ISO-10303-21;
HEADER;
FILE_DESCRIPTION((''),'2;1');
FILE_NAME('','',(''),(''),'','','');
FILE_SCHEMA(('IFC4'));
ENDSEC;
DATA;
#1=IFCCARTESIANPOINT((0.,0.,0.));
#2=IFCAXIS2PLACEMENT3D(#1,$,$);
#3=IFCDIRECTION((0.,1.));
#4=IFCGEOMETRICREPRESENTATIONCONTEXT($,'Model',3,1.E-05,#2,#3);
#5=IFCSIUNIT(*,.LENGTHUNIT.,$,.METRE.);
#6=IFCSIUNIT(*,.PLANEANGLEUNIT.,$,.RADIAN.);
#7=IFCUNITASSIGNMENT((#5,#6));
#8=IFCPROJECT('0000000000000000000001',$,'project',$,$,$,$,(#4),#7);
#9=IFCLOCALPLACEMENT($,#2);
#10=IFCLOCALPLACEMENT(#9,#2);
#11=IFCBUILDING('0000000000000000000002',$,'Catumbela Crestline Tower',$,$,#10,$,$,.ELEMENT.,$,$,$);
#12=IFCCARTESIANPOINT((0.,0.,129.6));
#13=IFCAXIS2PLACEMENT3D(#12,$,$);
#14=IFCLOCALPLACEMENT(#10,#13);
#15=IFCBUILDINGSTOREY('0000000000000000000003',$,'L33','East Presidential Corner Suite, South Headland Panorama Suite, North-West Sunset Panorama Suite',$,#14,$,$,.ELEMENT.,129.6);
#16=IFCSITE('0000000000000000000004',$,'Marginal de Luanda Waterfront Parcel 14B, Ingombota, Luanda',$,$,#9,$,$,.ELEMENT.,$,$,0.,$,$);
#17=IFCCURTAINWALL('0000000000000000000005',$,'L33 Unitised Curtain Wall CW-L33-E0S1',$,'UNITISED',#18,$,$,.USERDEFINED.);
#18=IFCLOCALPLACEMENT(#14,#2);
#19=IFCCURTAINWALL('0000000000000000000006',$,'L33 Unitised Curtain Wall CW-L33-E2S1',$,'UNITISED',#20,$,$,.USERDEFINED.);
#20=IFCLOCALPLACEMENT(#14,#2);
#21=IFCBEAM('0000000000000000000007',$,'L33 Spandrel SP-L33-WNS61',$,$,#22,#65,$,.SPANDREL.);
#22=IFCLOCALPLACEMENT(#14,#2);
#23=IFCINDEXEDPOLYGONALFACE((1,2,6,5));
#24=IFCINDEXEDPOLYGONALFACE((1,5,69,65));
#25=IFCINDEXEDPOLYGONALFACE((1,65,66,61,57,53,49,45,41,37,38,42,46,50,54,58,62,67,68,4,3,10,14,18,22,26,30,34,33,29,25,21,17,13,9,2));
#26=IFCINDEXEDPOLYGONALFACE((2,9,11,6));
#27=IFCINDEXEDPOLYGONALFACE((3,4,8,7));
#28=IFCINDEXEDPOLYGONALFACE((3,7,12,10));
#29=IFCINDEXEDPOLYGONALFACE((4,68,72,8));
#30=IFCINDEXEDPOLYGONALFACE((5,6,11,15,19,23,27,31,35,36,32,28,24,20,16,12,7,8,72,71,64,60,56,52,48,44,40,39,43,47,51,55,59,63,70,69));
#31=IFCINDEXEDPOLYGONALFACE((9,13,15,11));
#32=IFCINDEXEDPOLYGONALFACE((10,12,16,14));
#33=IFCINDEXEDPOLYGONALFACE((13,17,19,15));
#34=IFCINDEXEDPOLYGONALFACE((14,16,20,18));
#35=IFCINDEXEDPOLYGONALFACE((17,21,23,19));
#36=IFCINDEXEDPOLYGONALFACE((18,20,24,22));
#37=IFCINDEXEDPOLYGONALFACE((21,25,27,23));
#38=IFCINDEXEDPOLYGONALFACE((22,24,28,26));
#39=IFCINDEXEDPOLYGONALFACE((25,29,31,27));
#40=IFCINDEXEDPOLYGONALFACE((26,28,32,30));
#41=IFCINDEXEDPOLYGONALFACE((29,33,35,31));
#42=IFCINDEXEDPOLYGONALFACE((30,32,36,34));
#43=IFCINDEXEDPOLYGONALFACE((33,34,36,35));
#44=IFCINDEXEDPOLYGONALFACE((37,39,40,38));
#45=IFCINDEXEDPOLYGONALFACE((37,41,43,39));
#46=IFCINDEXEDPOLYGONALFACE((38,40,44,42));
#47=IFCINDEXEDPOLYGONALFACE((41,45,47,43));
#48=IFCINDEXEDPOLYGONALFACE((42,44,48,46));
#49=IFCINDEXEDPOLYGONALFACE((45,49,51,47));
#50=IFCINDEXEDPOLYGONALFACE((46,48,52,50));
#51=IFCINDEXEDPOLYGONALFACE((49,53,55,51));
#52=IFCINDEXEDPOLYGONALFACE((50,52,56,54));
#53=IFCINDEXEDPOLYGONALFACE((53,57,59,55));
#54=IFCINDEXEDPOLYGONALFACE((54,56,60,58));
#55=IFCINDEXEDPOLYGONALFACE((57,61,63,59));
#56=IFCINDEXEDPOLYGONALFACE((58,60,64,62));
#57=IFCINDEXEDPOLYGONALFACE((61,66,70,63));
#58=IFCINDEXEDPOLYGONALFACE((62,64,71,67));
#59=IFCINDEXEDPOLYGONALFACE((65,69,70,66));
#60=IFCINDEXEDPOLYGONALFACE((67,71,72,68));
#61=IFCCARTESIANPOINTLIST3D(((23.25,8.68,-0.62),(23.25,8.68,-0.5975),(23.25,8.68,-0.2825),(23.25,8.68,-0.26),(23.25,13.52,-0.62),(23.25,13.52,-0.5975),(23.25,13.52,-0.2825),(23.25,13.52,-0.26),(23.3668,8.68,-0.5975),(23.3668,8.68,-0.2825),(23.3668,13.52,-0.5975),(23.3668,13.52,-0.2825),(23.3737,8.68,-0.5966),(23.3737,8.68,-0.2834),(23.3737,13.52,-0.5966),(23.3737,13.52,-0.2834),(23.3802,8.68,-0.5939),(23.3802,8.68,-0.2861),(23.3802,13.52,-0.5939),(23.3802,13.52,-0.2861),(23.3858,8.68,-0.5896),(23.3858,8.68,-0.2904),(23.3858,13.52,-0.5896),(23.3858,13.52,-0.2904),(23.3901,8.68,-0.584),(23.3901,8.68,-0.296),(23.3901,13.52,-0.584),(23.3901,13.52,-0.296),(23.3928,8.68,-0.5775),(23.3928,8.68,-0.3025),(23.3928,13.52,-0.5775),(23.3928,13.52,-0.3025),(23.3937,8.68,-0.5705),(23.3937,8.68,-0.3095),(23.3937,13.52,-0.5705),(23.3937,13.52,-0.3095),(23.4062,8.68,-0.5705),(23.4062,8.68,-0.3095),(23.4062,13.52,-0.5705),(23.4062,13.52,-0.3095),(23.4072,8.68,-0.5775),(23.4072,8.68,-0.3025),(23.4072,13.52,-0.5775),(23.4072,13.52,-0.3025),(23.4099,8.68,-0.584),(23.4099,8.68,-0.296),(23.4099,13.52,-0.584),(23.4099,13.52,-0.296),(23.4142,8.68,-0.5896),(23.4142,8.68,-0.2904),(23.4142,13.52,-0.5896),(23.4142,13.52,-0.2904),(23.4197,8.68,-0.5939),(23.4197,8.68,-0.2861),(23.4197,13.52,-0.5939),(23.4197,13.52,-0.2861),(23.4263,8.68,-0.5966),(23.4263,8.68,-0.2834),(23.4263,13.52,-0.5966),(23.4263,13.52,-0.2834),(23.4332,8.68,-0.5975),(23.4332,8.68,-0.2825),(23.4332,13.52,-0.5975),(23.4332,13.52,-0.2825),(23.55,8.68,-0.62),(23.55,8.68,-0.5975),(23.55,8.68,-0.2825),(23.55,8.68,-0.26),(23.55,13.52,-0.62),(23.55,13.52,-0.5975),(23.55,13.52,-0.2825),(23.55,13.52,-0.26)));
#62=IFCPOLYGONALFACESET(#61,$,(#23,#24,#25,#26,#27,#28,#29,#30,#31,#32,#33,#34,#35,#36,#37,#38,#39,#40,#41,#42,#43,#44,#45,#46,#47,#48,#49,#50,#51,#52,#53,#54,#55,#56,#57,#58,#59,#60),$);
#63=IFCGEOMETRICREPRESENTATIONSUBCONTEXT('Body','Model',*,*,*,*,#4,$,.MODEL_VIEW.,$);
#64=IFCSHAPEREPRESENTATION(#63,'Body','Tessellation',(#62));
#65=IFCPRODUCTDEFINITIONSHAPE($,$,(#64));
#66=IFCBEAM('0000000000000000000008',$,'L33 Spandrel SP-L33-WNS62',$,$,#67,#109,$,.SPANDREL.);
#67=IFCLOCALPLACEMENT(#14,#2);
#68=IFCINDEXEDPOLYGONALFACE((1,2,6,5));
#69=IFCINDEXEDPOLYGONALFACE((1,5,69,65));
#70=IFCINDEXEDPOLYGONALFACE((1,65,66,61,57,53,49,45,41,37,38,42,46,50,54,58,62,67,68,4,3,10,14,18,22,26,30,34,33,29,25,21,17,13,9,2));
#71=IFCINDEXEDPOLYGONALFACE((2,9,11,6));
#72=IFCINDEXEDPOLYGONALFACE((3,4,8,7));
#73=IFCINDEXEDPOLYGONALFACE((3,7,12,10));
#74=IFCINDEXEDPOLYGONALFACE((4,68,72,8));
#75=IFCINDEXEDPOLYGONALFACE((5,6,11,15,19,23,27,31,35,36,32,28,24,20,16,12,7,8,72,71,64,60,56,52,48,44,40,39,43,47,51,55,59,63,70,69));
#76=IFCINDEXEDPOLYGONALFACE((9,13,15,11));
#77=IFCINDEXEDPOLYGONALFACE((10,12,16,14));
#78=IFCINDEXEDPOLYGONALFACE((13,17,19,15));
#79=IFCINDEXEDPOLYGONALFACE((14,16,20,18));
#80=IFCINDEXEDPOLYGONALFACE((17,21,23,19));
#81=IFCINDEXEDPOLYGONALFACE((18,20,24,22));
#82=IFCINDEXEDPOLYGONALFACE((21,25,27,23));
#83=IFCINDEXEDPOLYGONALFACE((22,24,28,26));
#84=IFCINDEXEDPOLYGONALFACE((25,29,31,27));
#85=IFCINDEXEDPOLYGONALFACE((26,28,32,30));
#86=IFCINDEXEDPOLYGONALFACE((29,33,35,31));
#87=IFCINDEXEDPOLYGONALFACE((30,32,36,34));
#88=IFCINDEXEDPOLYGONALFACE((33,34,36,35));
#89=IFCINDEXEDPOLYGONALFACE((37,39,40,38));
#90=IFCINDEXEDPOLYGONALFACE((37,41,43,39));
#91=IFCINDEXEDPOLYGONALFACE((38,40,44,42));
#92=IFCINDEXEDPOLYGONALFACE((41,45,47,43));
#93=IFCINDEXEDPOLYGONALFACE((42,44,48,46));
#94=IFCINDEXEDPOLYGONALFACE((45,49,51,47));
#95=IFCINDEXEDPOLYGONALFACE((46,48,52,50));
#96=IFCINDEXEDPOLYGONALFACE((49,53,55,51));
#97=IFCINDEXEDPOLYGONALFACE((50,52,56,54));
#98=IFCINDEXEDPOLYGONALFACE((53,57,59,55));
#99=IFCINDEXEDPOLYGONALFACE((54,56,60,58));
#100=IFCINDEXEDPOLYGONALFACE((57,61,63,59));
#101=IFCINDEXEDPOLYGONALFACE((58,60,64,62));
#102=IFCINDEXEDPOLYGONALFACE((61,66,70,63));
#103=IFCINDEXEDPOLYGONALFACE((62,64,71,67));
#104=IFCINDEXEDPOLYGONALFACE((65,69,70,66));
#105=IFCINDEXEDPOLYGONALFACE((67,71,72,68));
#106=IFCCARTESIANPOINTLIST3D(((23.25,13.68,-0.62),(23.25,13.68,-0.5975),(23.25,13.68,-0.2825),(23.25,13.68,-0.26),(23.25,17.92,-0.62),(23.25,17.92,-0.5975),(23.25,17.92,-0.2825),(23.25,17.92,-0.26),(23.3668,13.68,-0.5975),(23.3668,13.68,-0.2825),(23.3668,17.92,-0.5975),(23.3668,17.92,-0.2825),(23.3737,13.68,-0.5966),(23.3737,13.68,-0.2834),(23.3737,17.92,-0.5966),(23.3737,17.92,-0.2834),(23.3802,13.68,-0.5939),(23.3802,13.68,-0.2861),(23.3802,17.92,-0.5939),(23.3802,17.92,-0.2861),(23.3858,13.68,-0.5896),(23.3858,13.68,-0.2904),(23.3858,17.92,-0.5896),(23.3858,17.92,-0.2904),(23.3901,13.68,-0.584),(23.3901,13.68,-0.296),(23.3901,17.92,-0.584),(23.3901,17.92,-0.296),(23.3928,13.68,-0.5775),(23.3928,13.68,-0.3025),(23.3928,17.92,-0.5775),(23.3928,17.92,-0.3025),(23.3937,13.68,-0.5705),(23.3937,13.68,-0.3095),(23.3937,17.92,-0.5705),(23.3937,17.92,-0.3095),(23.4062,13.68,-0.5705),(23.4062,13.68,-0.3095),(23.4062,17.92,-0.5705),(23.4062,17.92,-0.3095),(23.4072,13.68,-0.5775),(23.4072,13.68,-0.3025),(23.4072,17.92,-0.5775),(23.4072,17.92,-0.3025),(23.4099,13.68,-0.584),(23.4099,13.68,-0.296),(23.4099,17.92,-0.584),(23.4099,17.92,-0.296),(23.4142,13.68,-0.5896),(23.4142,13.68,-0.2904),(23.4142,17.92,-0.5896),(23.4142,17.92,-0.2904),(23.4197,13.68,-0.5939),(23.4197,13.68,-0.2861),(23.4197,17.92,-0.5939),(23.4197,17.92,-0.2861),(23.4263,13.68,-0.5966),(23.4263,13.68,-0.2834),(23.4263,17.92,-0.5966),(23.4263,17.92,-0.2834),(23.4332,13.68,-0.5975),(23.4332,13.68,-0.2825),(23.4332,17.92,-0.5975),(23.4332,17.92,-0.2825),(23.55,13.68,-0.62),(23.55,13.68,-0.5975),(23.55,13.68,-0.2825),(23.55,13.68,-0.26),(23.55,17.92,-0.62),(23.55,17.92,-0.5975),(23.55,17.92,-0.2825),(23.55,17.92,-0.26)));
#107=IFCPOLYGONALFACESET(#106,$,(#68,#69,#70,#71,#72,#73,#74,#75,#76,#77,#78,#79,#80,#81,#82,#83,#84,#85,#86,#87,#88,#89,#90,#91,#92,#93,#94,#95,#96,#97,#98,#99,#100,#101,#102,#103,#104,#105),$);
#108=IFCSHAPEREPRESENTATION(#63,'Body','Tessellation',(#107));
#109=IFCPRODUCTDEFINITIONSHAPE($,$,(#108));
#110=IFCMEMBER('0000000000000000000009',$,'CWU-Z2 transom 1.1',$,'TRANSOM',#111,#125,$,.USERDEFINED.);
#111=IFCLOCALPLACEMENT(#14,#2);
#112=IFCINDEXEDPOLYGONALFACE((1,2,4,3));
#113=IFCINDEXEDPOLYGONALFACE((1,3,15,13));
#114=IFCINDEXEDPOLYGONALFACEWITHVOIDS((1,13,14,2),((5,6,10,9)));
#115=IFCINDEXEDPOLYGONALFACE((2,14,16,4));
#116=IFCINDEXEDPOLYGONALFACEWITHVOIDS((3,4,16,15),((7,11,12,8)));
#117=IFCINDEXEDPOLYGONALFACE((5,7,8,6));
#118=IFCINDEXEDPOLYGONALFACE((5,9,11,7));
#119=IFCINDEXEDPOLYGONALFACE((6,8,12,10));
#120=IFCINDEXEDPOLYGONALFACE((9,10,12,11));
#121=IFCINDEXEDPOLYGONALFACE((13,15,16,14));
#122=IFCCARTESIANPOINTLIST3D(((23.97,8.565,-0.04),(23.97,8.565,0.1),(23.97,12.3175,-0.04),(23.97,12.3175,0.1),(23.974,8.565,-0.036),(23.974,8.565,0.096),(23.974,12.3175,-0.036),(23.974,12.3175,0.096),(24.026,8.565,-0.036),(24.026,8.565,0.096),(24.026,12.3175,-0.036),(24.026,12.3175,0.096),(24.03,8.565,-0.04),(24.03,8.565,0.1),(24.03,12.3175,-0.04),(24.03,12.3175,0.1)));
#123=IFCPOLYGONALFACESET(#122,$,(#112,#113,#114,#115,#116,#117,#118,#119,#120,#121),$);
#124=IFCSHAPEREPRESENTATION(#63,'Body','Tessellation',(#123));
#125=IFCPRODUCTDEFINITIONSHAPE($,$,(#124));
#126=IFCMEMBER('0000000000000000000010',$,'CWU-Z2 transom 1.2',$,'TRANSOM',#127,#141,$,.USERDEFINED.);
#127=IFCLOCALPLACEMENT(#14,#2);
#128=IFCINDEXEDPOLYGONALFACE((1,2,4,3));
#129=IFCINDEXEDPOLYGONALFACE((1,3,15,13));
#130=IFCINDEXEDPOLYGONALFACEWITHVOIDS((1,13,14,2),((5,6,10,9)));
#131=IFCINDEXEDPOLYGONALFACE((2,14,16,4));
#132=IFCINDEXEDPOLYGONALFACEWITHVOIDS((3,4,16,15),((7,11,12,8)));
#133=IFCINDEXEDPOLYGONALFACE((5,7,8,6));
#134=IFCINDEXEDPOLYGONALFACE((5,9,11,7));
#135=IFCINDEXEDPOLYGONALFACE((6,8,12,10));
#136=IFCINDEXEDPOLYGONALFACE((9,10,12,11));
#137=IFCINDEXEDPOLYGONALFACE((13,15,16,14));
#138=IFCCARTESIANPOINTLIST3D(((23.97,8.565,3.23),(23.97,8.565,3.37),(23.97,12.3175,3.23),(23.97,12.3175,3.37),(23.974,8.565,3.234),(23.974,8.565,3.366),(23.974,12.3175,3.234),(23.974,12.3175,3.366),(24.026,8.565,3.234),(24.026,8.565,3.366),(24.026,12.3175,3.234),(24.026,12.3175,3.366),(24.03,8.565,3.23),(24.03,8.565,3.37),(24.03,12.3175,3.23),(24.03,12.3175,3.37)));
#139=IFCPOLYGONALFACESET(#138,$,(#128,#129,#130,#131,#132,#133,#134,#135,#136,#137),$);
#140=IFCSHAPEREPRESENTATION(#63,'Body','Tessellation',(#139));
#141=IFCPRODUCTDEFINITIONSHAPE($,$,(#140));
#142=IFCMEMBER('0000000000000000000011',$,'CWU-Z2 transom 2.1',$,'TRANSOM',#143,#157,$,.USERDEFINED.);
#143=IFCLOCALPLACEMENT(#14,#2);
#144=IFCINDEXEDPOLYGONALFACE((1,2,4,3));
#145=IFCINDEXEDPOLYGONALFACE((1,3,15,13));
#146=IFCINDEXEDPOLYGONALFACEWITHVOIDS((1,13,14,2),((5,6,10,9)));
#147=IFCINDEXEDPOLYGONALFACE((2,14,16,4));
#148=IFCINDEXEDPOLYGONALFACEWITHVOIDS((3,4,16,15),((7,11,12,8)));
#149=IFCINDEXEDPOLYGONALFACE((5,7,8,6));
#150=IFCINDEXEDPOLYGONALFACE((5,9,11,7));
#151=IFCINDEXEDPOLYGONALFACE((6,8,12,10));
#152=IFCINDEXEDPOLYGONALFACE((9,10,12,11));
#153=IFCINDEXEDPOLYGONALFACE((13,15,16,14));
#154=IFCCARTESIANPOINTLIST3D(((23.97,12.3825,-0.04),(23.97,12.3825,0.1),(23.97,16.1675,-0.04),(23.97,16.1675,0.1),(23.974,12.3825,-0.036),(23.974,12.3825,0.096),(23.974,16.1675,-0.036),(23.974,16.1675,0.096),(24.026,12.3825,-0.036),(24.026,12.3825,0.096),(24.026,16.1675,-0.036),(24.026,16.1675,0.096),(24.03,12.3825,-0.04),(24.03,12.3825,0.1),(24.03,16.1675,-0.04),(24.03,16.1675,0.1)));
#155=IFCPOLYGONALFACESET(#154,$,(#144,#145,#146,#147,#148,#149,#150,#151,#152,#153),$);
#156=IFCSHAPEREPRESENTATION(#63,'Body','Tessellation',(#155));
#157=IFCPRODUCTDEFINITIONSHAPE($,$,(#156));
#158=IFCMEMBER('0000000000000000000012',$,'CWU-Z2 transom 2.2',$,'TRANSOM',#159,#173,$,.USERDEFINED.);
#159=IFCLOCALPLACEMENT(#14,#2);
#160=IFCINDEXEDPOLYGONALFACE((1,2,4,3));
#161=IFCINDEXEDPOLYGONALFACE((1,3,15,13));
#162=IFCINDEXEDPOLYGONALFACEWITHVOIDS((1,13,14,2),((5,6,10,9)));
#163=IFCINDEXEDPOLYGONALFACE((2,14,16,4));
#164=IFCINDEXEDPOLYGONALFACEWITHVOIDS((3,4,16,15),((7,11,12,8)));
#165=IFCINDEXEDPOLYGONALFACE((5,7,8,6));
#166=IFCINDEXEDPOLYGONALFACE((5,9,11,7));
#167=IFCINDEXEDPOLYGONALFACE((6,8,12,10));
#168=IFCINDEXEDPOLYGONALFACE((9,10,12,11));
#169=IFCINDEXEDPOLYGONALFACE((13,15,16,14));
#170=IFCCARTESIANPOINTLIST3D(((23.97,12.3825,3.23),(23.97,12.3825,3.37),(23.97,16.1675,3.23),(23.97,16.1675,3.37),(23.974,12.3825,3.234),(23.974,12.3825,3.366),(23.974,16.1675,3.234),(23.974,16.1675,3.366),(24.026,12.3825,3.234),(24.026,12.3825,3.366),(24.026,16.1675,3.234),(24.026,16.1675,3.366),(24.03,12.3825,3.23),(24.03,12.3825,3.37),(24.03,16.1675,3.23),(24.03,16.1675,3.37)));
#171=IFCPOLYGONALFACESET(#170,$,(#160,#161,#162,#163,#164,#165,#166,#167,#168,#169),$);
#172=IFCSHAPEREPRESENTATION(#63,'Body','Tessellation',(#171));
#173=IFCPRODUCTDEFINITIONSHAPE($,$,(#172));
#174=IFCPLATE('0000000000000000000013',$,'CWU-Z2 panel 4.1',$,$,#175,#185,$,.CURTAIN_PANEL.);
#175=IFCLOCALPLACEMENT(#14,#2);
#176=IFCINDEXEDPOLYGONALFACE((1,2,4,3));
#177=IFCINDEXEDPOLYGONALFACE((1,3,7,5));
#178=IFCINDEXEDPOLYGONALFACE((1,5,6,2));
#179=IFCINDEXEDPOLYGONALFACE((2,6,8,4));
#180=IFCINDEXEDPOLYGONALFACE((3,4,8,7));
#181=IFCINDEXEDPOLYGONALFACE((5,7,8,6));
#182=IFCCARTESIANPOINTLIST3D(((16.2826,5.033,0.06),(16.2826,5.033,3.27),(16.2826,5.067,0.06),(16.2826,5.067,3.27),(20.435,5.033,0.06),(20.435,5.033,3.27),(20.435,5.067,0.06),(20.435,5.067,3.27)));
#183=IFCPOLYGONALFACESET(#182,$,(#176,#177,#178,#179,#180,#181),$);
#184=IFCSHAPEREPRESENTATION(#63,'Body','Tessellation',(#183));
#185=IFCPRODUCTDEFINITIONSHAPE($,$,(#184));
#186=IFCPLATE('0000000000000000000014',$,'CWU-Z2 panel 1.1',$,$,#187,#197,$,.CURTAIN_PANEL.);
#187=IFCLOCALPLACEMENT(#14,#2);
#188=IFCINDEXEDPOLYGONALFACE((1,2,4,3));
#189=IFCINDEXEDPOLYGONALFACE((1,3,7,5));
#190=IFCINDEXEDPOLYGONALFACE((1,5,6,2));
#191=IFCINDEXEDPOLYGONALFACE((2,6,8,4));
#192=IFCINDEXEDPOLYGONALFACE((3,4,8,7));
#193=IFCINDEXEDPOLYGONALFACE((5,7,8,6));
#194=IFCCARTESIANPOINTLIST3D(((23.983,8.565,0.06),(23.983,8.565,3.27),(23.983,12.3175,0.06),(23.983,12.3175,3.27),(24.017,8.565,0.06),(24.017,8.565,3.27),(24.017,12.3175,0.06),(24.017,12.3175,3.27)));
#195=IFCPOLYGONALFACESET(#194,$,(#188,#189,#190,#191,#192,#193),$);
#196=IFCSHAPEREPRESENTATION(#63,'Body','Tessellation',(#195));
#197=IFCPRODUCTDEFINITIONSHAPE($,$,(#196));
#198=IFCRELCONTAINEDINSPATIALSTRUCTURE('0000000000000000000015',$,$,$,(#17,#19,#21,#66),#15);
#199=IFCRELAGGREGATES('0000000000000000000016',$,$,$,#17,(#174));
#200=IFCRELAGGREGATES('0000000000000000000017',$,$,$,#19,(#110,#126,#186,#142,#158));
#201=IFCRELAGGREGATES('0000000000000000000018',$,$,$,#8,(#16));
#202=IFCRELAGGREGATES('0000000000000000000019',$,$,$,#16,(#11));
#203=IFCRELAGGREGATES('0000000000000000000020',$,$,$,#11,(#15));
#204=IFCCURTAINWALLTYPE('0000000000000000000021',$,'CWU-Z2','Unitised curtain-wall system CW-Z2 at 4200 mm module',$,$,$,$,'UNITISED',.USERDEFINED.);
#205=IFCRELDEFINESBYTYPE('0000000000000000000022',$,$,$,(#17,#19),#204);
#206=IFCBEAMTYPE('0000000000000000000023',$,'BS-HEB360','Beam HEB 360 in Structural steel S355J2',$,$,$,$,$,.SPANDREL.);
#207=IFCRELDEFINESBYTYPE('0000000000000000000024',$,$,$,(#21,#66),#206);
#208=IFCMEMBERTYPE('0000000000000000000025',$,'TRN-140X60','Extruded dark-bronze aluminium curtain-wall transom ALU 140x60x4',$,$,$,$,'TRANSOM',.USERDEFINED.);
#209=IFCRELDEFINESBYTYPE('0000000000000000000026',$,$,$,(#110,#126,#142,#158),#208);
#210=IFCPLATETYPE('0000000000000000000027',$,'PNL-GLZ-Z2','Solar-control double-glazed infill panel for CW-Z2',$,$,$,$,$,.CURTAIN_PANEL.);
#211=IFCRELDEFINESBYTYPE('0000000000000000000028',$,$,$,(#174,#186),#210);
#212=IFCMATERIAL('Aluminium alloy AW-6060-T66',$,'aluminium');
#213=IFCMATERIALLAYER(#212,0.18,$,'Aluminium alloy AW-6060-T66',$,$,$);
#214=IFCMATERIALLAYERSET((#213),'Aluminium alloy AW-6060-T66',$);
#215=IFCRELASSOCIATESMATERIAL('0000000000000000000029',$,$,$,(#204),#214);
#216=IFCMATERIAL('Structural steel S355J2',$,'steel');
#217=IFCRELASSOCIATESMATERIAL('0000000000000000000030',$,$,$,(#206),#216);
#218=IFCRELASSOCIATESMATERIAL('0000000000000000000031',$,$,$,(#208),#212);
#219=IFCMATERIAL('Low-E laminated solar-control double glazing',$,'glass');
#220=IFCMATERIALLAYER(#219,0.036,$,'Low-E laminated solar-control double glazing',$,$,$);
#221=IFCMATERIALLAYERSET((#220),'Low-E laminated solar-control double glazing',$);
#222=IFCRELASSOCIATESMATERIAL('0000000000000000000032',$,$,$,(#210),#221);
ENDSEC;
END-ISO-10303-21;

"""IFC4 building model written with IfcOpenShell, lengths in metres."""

from ifc_helpers import new_model, si_unit, direction, frame, origin, origin_2d, place, context, subcontext, project, spatial, rectangle, hollow_rectangle, i_section, extrude, material, layer, layer_set, material_profile, profile_set, type_object, element, aggregate, save


model = new_model("IFC4")

# Units and contexts
model_context = context("Model", 3, precision=1e-05, world=origin(), true_north=direction((0.0, 1.0)))
body_context = subcontext(model_context, "Body", "Model", "MODEL_VIEW")
ifc_project = project(units=[si_unit("LENGTHUNIT", "METRE"), si_unit("PLANEANGLEUNIT", "RADIAN")], contexts=[model_context])

# Site, building, storey
site_placement = place(None, origin())
site = spatial("IfcSite", under=ifc_project, at=site_placement, Name="Marginal de Luanda Waterfront Parcel 14B, Ingombota, Luanda", CompositionType="ELEMENT", RefElevation=0.0)
building_placement = place(site_placement, origin())
building = spatial("IfcBuilding", under=site, at=building_placement, Name="Catumbela Crestline Tower", CompositionType="ELEMENT")
storey_placement = place(building_placement, frame((0.0, 0.0, 129.6)))
storey = spatial("IfcBuildingStorey", under=building, at=storey_placement, Name="L33", Description="East Presidential Corner Suite, South Headland Panorama Suite, North-West Sunset Panorama Suite", CompositionType="ELEMENT", Elevation=129.6)

# Shared definitions
ifc_material_1 = material(Name="Structural steel S355J2", Category="steel")

# Curtain wall
ifc_material_2 = material(Name="Aluminium alloy AW-6060-T66", Category="aluminium")
ifc_layer_1 = layer(ifc_material_2, 0.18, Name="Aluminium alloy AW-6060-T66")
ifc_layer_set_1 = layer_set([ifc_layer_1], Name="Aluminium alloy AW-6060-T66")
curtain_wall_type = type_object("IfcCurtainWallType", Name="CWU-Z2", Description="Unitised curtain-wall system CW-Z2 at 4200 mm module", ElementType="UNITISED", PredefinedType="USERDEFINED", material=ifc_layer_set_1)
curtain_wall_1_placement = place(storey_placement, origin())
curtain_wall_1 = element("IfcCurtainWall", 1, at=curtain_wall_1_placement, inside=storey, type_object=curtain_wall_type, Name="L33 Unitised Curtain Wall CW-L33-E0S1", ObjectType="UNITISED", PredefinedType="USERDEFINED")

# Curtain wall
curtain_wall_2_placement = place(storey_placement, origin())
curtain_wall_2 = element("IfcCurtainWall", 2, at=curtain_wall_2_placement, inside=storey, type_object=curtain_wall_type, Name="L33 Unitised Curtain Wall CW-L33-E2S1", ObjectType="UNITISED", PredefinedType="USERDEFINED")

# Beams
ifc_material_profile_1 = material_profile(ifc_material_1, i_section(OverallWidth=0.3, OverallDepth=0.36, WebThickness=0.0125, FlangeThickness=0.0225, FilletRadius=0.027, at=origin_2d()), Name="HEB 360")
ifc_profile_set_1 = profile_set([ifc_material_profile_1], Name="Structural steel S355J2")
beam_type_1 = type_object("IfcBeamType", Name="BS-HEB360", Description="Beam HEB 360 in Structural steel S355J2", PredefinedType="SPANDREL", material=ifc_profile_set_1)
beam_1_placement = place(storey_placement, frame((23.4, 8.68, -0.44), z_axis=(0.0, 1.0, 0.0), x_axis=(-1.0, 0.0, 0.0)))
element("IfcBeam", 3, at=beam_1_placement, inside=storey, type_object=beam_type_1, Name="L33 Spandrel SP-L33-WNS61", PredefinedType="SPANDREL", context=body_context, shape_type="SweptSolid", body=[
    extrude(i_section(OverallWidth=0.3, OverallDepth=0.36, WebThickness=0.0125, FlangeThickness=0.0225, FilletRadius=0.027, at=origin_2d()), origin(), (0.0, 0.0, 1.0), 4.84),
])
beam_2_placement = place(storey_placement, frame((23.4, 13.68, -0.44), z_axis=(0.0, 1.0, 0.0), x_axis=(-1.0, 0.0, 0.0)))
element("IfcBeam", 4, at=beam_2_placement, inside=storey, type_object=beam_type_1, Name="L33 Spandrel SP-L33-WNS62", PredefinedType="SPANDREL", context=body_context, shape_type="SweptSolid", body=[
    extrude(i_section(OverallWidth=0.3, OverallDepth=0.36, WebThickness=0.0125, FlangeThickness=0.0225, FilletRadius=0.027, at=origin_2d()), origin(), (0.0, 0.0, 1.0), 4.24),
])

# Members
ifc_material_profile_2 = material_profile(ifc_material_2, hollow_rectangle(XDim=0.06, YDim=0.14, WallThickness=0.004, at=origin_2d()), Name="ALU 140x60x4")
ifc_profile_set_2 = profile_set([ifc_material_profile_2], Name="Aluminium alloy AW-6060-T66")
member_type_1 = type_object("IfcMemberType", Name="TRN-140X60", Description="Extruded dark-bronze aluminium curtain-wall transom ALU 140x60x4", ElementType="TRANSOM", PredefinedType="USERDEFINED", material=ifc_profile_set_2)
member_1_placement = place(storey_placement, frame((24.0, 8.565, 0.03), z_axis=(0.0, 1.0, 0.0), x_axis=(-1.0, 0.0, 0.0)))
member_1 = element("IfcMember", 5, at=member_1_placement, type_object=member_type_1, Name="CWU-Z2 transom 1.1", ObjectType="TRANSOM", PredefinedType="USERDEFINED", context=body_context, shape_type="SweptSolid", body=[
    extrude(hollow_rectangle(XDim=0.06, YDim=0.14, WallThickness=0.004, at=origin_2d()), origin(), (0.0, 0.0, 1.0), 3.7525),
])
member_2_placement = place(storey_placement, frame((24.0, 8.565, 3.3), z_axis=(0.0, 1.0, 0.0), x_axis=(-1.0, 0.0, 0.0)))
member_2 = element("IfcMember", 6, at=member_2_placement, type_object=member_type_1, Name="CWU-Z2 transom 1.2", ObjectType="TRANSOM", PredefinedType="USERDEFINED", context=body_context, shape_type="SweptSolid", body=[
    extrude(hollow_rectangle(XDim=0.06, YDim=0.14, WallThickness=0.004, at=origin_2d()), origin(), (0.0, 0.0, 1.0), 3.7525),
])
member_3_placement = place(storey_placement, frame((24.0, 12.3825, 0.03), z_axis=(0.0, 1.0, 0.0), x_axis=(-1.0, 0.0, 0.0)))
member_3 = element("IfcMember", 7, at=member_3_placement, type_object=member_type_1, Name="CWU-Z2 transom 2.1", ObjectType="TRANSOM", PredefinedType="USERDEFINED", context=body_context, shape_type="SweptSolid", body=[
    extrude(hollow_rectangle(XDim=0.06, YDim=0.14, WallThickness=0.004, at=origin_2d()), origin(), (0.0, 0.0, 1.0), 3.785),
])
member_4_placement = place(storey_placement, frame((24.0, 12.3825, 3.3), z_axis=(0.0, 1.0, 0.0), x_axis=(-1.0, 0.0, 0.0)))
member_4 = element("IfcMember", 8, at=member_4_placement, type_object=member_type_1, Name="CWU-Z2 transom 2.2", ObjectType="TRANSOM", PredefinedType="USERDEFINED", context=body_context, shape_type="SweptSolid", body=[
    extrude(hollow_rectangle(XDim=0.06, YDim=0.14, WallThickness=0.004, at=origin_2d()), origin(), (0.0, 0.0, 1.0), 3.785),
])

# Plates
ifc_material_3 = material(Name="Low-E laminated solar-control double glazing", Category="glass")
ifc_layer_2 = layer(ifc_material_3, 0.036, Name="Low-E laminated solar-control double glazing")
ifc_layer_set_2 = layer_set([ifc_layer_2], Name="Low-E laminated solar-control double glazing")
plate_type = type_object("IfcPlateType", Name="PNL-GLZ-Z2", Description="Solar-control double-glazed infill panel for CW-Z2", PredefinedType="CURTAIN_PANEL", material=ifc_layer_set_2)
plate_1_placement = place(storey_placement, frame((18.3588, 5.05, 0.06), z_axis=(0.0, 0.0, 1.0), x_axis=(1.0, 0.0, 0.0)))
plate_1 = element("IfcPlate", 9, at=plate_1_placement, type_object=plate_type, Name="CWU-Z2 panel 4.1", PredefinedType="CURTAIN_PANEL", context=body_context, shape_type="SweptSolid", body=[
    extrude(rectangle(XDim=4.1525, YDim=0.034, at=origin_2d()), origin(), (0.0, 0.0, 1.0), 3.21),
])
aggregate(curtain_wall_1, [plate_1])
plate_2_placement = place(storey_placement, frame((24.0, 10.4412, 0.06), z_axis=(0.0, 0.0, 1.0), x_axis=(0.0, 1.0, 0.0)))
plate_2 = element("IfcPlate", 10, at=plate_2_placement, type_object=plate_type, Name="CWU-Z2 panel 1.1", PredefinedType="CURTAIN_PANEL", context=body_context, shape_type="SweptSolid", body=[
    extrude(rectangle(XDim=3.7525, YDim=0.034, at=origin_2d()), origin(), (0.0, 0.0, 1.0), 3.21),
])
aggregate(curtain_wall_2, [member_1, member_2, plate_2, member_3, member_4])

save(model, "model.ifc")
